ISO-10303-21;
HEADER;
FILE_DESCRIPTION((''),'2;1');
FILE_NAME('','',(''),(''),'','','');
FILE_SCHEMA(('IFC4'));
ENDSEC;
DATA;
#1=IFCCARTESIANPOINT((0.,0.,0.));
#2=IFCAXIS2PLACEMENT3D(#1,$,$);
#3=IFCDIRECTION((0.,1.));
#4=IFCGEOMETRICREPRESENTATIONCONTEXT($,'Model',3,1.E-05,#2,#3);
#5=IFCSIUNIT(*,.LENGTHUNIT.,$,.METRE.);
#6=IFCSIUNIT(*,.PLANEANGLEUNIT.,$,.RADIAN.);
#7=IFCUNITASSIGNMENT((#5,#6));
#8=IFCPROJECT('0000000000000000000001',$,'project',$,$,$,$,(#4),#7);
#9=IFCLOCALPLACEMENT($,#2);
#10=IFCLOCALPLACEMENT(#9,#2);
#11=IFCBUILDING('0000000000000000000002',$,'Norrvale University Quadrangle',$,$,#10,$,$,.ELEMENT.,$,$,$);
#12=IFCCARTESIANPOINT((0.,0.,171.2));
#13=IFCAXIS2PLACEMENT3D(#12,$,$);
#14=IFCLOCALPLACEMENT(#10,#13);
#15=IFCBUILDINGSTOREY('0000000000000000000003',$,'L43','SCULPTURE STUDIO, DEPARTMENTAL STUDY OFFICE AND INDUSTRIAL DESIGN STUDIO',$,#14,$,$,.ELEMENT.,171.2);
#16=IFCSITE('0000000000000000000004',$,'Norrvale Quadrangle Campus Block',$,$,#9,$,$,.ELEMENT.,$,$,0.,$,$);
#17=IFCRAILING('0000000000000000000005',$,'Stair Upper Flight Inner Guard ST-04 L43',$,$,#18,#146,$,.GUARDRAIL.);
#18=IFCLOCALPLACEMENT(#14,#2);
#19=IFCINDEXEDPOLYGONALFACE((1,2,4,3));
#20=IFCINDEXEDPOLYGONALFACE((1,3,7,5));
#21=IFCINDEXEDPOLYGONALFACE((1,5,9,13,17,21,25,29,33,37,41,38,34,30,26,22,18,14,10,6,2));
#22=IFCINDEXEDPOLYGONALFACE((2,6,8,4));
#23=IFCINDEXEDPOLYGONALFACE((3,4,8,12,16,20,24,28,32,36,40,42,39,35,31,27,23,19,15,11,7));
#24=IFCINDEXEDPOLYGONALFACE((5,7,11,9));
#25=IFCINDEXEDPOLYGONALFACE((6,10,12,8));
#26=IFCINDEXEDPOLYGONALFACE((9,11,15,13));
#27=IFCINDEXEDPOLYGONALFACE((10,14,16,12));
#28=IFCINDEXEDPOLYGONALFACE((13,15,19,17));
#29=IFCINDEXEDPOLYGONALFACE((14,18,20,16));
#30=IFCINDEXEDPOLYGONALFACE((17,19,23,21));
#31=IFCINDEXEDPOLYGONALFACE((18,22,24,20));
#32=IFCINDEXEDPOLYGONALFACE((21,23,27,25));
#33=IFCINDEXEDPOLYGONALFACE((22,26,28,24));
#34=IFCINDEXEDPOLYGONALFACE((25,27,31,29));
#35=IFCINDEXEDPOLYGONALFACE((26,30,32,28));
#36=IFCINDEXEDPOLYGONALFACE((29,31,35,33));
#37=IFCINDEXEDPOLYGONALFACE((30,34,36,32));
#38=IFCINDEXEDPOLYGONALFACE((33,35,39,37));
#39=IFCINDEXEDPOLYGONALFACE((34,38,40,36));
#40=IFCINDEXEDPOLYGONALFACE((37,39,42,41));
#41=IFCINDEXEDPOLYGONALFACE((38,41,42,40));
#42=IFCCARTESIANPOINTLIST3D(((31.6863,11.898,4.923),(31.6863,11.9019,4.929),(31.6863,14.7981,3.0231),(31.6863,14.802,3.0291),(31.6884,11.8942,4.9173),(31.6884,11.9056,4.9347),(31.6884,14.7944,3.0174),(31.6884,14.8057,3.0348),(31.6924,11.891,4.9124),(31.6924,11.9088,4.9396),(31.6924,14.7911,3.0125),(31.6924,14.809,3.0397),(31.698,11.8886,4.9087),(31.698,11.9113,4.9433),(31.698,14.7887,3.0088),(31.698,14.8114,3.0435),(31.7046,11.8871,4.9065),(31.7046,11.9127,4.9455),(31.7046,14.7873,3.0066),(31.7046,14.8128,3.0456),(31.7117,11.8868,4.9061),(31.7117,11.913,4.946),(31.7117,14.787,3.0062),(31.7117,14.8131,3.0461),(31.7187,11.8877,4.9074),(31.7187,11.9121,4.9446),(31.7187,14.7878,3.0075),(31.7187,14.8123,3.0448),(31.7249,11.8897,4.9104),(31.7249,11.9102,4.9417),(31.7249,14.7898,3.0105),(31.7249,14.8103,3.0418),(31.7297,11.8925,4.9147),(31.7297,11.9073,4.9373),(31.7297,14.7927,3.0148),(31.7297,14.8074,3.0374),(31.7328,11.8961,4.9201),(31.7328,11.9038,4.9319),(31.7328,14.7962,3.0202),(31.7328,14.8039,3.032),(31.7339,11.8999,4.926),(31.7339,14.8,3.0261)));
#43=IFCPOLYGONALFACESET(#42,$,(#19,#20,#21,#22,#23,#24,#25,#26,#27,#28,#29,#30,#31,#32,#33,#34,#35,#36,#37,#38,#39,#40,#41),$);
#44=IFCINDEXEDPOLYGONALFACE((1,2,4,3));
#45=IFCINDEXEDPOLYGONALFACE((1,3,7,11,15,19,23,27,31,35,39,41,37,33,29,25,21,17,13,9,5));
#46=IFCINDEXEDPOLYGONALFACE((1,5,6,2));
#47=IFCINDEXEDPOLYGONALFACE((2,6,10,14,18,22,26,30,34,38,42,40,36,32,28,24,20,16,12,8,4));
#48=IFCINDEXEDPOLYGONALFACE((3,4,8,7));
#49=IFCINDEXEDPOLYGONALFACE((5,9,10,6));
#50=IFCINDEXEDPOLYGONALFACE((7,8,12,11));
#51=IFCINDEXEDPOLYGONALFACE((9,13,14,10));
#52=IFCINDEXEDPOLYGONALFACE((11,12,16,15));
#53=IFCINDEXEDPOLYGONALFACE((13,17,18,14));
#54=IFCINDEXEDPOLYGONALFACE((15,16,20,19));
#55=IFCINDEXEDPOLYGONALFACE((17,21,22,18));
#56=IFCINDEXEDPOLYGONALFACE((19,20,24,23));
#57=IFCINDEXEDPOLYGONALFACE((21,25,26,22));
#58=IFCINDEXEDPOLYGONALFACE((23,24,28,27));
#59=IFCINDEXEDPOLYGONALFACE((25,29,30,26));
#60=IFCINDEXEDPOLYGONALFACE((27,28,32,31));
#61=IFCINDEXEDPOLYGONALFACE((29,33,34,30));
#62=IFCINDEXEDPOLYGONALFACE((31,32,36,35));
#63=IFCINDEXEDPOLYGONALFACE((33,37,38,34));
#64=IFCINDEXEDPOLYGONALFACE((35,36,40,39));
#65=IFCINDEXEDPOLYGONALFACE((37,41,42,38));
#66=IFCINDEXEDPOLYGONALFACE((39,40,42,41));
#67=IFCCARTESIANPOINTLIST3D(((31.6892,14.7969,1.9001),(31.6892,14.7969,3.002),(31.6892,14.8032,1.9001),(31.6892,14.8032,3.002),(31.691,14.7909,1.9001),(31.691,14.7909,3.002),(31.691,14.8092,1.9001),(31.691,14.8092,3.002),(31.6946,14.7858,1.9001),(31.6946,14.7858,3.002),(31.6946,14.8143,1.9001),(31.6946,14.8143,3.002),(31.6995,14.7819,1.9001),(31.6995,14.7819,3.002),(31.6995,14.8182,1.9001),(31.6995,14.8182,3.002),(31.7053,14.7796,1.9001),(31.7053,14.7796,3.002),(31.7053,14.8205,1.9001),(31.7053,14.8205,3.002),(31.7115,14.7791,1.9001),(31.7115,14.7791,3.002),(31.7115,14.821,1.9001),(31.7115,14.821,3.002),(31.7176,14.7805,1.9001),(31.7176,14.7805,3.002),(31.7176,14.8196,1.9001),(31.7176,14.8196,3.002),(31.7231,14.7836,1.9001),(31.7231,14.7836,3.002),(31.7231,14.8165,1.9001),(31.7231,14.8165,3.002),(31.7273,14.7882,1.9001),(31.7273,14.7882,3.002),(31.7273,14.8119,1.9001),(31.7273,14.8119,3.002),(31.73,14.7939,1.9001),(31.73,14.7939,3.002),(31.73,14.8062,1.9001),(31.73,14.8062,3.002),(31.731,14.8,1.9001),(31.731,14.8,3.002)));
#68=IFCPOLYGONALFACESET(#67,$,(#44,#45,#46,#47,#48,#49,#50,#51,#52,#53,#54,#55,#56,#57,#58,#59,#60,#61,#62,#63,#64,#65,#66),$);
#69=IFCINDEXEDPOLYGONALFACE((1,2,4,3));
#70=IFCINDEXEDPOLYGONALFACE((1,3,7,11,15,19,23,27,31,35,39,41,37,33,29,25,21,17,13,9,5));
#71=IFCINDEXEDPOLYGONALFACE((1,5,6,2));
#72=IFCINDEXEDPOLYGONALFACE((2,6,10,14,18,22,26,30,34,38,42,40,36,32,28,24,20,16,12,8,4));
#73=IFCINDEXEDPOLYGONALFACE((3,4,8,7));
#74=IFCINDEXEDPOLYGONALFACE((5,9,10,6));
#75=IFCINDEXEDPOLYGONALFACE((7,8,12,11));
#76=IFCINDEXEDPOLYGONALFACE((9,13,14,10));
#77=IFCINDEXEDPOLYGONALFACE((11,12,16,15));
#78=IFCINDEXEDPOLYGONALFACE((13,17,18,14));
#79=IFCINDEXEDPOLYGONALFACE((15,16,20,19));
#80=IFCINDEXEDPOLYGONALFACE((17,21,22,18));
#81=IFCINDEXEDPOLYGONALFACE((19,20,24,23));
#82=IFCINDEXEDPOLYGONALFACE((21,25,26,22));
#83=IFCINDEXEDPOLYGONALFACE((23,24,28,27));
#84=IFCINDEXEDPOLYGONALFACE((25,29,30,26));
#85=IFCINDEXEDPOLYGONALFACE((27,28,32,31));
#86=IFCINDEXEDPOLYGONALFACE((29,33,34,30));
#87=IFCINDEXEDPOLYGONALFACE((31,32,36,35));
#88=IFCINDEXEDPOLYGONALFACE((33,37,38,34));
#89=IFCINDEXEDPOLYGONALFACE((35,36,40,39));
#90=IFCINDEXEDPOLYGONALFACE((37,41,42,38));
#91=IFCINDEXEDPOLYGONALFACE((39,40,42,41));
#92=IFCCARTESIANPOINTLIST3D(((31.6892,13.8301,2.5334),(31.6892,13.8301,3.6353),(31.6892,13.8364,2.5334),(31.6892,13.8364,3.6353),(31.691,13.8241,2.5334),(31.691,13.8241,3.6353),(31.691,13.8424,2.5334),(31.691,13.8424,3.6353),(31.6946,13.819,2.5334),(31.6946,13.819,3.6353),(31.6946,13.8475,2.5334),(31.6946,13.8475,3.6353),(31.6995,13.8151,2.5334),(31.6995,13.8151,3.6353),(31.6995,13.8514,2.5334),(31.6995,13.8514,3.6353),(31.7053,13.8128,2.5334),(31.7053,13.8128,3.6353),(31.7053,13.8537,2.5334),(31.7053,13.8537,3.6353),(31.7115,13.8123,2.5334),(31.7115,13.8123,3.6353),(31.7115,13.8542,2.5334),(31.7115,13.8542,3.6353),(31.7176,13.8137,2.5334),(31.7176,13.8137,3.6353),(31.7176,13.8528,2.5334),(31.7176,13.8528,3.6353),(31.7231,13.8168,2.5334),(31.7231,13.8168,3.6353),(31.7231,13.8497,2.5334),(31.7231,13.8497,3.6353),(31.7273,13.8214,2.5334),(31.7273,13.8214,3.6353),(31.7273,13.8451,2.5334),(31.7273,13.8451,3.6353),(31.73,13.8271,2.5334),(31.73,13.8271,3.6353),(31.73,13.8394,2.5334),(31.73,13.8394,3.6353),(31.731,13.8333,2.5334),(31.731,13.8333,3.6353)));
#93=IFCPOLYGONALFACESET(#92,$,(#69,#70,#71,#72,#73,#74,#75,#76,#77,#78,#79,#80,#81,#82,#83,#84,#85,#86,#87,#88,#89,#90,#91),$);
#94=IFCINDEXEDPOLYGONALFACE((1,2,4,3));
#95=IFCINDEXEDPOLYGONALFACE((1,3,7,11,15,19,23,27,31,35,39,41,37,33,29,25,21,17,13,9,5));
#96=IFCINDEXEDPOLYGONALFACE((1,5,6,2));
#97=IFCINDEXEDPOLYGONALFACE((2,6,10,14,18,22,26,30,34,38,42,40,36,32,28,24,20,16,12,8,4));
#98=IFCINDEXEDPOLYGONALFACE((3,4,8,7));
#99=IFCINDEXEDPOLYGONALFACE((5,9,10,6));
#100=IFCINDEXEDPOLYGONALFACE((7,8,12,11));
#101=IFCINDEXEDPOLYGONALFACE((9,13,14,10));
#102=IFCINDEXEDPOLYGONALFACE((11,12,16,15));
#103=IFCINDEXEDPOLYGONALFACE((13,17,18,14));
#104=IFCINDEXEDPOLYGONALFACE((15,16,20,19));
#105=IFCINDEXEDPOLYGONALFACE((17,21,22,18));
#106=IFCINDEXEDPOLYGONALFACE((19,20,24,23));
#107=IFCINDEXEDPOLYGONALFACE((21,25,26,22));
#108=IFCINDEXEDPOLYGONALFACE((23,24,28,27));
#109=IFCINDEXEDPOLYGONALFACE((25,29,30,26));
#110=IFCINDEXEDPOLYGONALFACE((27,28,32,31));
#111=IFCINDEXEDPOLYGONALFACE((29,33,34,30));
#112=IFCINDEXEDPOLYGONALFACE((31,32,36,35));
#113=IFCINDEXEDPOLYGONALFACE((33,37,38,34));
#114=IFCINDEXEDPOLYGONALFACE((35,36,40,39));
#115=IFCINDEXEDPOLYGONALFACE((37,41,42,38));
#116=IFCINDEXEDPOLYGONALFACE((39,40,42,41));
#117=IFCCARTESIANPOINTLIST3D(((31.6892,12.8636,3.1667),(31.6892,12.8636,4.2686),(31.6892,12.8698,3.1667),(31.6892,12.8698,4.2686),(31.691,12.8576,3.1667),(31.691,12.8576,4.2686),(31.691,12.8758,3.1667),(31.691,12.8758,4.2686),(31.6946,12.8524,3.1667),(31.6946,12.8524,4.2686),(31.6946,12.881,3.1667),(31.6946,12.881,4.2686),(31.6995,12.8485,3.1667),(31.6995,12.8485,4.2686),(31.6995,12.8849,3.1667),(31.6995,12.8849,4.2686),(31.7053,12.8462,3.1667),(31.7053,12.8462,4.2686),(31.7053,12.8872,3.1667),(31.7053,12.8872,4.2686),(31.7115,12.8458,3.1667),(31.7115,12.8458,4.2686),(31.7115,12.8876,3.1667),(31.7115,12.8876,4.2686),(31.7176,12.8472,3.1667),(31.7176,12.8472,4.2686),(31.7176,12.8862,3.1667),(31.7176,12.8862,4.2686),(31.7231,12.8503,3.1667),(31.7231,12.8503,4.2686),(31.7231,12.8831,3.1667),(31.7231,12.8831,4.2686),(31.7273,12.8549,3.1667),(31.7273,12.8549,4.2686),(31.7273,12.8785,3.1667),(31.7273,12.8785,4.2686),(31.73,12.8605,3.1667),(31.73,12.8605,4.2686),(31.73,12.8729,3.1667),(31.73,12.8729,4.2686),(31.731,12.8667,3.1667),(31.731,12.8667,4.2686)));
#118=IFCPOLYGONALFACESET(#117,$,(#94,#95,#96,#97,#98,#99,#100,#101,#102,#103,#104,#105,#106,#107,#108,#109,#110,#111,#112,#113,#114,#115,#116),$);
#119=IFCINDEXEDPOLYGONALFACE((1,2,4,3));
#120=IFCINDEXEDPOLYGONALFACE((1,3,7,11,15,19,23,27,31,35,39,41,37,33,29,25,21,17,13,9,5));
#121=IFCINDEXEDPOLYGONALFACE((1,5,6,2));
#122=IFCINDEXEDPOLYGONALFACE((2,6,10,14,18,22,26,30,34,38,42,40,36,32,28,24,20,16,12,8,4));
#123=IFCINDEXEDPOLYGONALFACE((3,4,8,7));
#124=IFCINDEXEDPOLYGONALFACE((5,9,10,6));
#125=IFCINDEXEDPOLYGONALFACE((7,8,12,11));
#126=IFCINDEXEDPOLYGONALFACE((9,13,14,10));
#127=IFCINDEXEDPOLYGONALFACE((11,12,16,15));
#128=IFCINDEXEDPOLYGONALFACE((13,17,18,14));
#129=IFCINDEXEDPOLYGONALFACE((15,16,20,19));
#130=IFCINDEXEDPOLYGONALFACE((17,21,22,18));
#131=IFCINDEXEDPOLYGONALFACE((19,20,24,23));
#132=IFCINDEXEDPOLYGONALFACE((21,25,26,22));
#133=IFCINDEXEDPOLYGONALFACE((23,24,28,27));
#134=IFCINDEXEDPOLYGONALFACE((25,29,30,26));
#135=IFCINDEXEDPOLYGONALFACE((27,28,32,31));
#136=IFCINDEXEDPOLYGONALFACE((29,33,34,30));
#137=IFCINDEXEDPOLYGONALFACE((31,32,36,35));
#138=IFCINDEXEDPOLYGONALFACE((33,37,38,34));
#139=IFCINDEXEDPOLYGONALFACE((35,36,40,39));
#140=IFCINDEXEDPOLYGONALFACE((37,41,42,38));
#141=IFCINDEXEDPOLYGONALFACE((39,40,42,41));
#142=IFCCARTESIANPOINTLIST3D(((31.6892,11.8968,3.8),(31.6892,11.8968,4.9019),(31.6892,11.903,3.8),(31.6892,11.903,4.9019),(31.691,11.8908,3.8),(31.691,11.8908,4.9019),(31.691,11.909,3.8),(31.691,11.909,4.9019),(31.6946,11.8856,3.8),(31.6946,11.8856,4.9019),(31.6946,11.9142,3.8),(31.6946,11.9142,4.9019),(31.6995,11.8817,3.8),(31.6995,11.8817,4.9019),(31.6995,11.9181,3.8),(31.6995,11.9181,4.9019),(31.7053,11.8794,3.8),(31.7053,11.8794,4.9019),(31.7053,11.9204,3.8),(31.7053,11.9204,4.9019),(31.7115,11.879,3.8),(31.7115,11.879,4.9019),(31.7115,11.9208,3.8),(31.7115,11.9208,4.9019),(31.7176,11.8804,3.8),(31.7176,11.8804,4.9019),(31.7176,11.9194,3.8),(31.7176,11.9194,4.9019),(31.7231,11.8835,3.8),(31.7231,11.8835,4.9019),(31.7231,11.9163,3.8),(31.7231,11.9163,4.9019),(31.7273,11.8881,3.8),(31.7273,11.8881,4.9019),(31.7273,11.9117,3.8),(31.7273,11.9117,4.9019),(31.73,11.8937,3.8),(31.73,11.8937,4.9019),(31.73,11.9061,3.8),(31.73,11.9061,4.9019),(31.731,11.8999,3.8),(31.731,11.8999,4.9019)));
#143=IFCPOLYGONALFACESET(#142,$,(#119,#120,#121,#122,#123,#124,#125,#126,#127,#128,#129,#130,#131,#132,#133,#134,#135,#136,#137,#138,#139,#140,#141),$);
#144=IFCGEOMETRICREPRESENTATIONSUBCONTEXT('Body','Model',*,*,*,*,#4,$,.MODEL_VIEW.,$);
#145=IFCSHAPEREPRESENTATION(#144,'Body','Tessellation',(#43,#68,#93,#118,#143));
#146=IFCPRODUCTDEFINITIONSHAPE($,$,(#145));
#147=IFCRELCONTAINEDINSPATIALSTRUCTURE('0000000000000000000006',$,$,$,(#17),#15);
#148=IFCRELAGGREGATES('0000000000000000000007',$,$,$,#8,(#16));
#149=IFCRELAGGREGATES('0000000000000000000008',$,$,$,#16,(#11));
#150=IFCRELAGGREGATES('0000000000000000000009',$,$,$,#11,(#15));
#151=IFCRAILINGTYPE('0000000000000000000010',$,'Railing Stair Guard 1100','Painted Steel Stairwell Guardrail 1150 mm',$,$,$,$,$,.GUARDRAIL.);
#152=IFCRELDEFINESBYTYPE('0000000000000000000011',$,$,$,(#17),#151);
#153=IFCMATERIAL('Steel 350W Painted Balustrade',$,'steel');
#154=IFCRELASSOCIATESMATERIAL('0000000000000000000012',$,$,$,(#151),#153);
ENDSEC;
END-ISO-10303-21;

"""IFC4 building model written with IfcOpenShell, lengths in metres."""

from ifc_helpers import new_model, si_unit, direction, frame, origin, origin_2d, place, context, subcontext, project, spatial, circle, extrude, material, type_object, element, save


model = new_model("IFC4")

# Units and contexts
model_context = context("Model", 3, precision=1e-05, world=origin(), true_north=direction((0.0, 1.0)))
body_context = subcontext(model_context, "Body", "Model", "MODEL_VIEW")
ifc_project = project(units=[si_unit("LENGTHUNIT", "METRE"), si_unit("PLANEANGLEUNIT", "RADIAN")], contexts=[model_context])

# Site, building, storey
site_placement = place(None, origin())
site = spatial("IfcSite", under=ifc_project, at=site_placement, Name="Norrvale Quadrangle Campus Block", CompositionType="ELEMENT", RefElevation=0.0)
building_placement = place(site_placement, origin())
building = spatial("IfcBuilding", under=site, at=building_placement, Name="Norrvale University Quadrangle", CompositionType="ELEMENT")
storey_placement = place(building_placement, frame((0.0, 0.0, 171.2)))
storey = spatial("IfcBuildingStorey", under=building, at=storey_placement, Name="L43", Description="SCULPTURE STUDIO, DEPARTMENTAL STUDY OFFICE AND INDUSTRIAL DESIGN STUDIO", CompositionType="ELEMENT", Elevation=171.2)

# Railing
ifc_material_1 = material(Name="Steel 350W Painted Balustrade", Category="steel")
railing_type_1 = type_object("IfcRailingType", Name="Railing Stair Guard 1100", Description="Painted Steel Stairwell Guardrail 1150 mm", PredefinedType="GUARDRAIL", material=ifc_material_1)
railing_1_placement = place(storey_placement, frame((31.71, 14.8, 1.9001)))
element("IfcRailing", 1, at=railing_1_placement, inside=storey, type_object=railing_type_1, Name="Stair Upper Flight Inner Guard ST-04 L43", PredefinedType="GUARDRAIL", context=body_context, shape_type="SweptSolid", body=[
    extrude(circle(Radius=0.0239, at=origin_2d()), frame((0.0, 0.0, 1.126), z_axis=(0.0, -0.836487, 0.547987), x_axis=(1.0, 0.0, 0.0)), (0.0, 0.0, 1.0), 3.467),
    extrude(circle(Radius=0.021, at=origin_2d()), origin(), (0.0, 0.0, 1.0), 1.1018),
    extrude(circle(Radius=0.021, at=origin_2d()), frame((0.0, -0.9668, 0.6333)), (0.0, 0.0, 1.0), 1.1018),
    extrude(circle(Radius=0.021, at=origin_2d()), frame((0.0, -1.9333, 1.2666)), (0.0, 0.0, 1.0), 1.1018),
    extrude(circle(Radius=0.021, at=origin_2d()), frame((0.0, -2.9001, 1.8999)), (0.0, 0.0, 1.0), 1.1018),
])

save(model, "model.ifc")
